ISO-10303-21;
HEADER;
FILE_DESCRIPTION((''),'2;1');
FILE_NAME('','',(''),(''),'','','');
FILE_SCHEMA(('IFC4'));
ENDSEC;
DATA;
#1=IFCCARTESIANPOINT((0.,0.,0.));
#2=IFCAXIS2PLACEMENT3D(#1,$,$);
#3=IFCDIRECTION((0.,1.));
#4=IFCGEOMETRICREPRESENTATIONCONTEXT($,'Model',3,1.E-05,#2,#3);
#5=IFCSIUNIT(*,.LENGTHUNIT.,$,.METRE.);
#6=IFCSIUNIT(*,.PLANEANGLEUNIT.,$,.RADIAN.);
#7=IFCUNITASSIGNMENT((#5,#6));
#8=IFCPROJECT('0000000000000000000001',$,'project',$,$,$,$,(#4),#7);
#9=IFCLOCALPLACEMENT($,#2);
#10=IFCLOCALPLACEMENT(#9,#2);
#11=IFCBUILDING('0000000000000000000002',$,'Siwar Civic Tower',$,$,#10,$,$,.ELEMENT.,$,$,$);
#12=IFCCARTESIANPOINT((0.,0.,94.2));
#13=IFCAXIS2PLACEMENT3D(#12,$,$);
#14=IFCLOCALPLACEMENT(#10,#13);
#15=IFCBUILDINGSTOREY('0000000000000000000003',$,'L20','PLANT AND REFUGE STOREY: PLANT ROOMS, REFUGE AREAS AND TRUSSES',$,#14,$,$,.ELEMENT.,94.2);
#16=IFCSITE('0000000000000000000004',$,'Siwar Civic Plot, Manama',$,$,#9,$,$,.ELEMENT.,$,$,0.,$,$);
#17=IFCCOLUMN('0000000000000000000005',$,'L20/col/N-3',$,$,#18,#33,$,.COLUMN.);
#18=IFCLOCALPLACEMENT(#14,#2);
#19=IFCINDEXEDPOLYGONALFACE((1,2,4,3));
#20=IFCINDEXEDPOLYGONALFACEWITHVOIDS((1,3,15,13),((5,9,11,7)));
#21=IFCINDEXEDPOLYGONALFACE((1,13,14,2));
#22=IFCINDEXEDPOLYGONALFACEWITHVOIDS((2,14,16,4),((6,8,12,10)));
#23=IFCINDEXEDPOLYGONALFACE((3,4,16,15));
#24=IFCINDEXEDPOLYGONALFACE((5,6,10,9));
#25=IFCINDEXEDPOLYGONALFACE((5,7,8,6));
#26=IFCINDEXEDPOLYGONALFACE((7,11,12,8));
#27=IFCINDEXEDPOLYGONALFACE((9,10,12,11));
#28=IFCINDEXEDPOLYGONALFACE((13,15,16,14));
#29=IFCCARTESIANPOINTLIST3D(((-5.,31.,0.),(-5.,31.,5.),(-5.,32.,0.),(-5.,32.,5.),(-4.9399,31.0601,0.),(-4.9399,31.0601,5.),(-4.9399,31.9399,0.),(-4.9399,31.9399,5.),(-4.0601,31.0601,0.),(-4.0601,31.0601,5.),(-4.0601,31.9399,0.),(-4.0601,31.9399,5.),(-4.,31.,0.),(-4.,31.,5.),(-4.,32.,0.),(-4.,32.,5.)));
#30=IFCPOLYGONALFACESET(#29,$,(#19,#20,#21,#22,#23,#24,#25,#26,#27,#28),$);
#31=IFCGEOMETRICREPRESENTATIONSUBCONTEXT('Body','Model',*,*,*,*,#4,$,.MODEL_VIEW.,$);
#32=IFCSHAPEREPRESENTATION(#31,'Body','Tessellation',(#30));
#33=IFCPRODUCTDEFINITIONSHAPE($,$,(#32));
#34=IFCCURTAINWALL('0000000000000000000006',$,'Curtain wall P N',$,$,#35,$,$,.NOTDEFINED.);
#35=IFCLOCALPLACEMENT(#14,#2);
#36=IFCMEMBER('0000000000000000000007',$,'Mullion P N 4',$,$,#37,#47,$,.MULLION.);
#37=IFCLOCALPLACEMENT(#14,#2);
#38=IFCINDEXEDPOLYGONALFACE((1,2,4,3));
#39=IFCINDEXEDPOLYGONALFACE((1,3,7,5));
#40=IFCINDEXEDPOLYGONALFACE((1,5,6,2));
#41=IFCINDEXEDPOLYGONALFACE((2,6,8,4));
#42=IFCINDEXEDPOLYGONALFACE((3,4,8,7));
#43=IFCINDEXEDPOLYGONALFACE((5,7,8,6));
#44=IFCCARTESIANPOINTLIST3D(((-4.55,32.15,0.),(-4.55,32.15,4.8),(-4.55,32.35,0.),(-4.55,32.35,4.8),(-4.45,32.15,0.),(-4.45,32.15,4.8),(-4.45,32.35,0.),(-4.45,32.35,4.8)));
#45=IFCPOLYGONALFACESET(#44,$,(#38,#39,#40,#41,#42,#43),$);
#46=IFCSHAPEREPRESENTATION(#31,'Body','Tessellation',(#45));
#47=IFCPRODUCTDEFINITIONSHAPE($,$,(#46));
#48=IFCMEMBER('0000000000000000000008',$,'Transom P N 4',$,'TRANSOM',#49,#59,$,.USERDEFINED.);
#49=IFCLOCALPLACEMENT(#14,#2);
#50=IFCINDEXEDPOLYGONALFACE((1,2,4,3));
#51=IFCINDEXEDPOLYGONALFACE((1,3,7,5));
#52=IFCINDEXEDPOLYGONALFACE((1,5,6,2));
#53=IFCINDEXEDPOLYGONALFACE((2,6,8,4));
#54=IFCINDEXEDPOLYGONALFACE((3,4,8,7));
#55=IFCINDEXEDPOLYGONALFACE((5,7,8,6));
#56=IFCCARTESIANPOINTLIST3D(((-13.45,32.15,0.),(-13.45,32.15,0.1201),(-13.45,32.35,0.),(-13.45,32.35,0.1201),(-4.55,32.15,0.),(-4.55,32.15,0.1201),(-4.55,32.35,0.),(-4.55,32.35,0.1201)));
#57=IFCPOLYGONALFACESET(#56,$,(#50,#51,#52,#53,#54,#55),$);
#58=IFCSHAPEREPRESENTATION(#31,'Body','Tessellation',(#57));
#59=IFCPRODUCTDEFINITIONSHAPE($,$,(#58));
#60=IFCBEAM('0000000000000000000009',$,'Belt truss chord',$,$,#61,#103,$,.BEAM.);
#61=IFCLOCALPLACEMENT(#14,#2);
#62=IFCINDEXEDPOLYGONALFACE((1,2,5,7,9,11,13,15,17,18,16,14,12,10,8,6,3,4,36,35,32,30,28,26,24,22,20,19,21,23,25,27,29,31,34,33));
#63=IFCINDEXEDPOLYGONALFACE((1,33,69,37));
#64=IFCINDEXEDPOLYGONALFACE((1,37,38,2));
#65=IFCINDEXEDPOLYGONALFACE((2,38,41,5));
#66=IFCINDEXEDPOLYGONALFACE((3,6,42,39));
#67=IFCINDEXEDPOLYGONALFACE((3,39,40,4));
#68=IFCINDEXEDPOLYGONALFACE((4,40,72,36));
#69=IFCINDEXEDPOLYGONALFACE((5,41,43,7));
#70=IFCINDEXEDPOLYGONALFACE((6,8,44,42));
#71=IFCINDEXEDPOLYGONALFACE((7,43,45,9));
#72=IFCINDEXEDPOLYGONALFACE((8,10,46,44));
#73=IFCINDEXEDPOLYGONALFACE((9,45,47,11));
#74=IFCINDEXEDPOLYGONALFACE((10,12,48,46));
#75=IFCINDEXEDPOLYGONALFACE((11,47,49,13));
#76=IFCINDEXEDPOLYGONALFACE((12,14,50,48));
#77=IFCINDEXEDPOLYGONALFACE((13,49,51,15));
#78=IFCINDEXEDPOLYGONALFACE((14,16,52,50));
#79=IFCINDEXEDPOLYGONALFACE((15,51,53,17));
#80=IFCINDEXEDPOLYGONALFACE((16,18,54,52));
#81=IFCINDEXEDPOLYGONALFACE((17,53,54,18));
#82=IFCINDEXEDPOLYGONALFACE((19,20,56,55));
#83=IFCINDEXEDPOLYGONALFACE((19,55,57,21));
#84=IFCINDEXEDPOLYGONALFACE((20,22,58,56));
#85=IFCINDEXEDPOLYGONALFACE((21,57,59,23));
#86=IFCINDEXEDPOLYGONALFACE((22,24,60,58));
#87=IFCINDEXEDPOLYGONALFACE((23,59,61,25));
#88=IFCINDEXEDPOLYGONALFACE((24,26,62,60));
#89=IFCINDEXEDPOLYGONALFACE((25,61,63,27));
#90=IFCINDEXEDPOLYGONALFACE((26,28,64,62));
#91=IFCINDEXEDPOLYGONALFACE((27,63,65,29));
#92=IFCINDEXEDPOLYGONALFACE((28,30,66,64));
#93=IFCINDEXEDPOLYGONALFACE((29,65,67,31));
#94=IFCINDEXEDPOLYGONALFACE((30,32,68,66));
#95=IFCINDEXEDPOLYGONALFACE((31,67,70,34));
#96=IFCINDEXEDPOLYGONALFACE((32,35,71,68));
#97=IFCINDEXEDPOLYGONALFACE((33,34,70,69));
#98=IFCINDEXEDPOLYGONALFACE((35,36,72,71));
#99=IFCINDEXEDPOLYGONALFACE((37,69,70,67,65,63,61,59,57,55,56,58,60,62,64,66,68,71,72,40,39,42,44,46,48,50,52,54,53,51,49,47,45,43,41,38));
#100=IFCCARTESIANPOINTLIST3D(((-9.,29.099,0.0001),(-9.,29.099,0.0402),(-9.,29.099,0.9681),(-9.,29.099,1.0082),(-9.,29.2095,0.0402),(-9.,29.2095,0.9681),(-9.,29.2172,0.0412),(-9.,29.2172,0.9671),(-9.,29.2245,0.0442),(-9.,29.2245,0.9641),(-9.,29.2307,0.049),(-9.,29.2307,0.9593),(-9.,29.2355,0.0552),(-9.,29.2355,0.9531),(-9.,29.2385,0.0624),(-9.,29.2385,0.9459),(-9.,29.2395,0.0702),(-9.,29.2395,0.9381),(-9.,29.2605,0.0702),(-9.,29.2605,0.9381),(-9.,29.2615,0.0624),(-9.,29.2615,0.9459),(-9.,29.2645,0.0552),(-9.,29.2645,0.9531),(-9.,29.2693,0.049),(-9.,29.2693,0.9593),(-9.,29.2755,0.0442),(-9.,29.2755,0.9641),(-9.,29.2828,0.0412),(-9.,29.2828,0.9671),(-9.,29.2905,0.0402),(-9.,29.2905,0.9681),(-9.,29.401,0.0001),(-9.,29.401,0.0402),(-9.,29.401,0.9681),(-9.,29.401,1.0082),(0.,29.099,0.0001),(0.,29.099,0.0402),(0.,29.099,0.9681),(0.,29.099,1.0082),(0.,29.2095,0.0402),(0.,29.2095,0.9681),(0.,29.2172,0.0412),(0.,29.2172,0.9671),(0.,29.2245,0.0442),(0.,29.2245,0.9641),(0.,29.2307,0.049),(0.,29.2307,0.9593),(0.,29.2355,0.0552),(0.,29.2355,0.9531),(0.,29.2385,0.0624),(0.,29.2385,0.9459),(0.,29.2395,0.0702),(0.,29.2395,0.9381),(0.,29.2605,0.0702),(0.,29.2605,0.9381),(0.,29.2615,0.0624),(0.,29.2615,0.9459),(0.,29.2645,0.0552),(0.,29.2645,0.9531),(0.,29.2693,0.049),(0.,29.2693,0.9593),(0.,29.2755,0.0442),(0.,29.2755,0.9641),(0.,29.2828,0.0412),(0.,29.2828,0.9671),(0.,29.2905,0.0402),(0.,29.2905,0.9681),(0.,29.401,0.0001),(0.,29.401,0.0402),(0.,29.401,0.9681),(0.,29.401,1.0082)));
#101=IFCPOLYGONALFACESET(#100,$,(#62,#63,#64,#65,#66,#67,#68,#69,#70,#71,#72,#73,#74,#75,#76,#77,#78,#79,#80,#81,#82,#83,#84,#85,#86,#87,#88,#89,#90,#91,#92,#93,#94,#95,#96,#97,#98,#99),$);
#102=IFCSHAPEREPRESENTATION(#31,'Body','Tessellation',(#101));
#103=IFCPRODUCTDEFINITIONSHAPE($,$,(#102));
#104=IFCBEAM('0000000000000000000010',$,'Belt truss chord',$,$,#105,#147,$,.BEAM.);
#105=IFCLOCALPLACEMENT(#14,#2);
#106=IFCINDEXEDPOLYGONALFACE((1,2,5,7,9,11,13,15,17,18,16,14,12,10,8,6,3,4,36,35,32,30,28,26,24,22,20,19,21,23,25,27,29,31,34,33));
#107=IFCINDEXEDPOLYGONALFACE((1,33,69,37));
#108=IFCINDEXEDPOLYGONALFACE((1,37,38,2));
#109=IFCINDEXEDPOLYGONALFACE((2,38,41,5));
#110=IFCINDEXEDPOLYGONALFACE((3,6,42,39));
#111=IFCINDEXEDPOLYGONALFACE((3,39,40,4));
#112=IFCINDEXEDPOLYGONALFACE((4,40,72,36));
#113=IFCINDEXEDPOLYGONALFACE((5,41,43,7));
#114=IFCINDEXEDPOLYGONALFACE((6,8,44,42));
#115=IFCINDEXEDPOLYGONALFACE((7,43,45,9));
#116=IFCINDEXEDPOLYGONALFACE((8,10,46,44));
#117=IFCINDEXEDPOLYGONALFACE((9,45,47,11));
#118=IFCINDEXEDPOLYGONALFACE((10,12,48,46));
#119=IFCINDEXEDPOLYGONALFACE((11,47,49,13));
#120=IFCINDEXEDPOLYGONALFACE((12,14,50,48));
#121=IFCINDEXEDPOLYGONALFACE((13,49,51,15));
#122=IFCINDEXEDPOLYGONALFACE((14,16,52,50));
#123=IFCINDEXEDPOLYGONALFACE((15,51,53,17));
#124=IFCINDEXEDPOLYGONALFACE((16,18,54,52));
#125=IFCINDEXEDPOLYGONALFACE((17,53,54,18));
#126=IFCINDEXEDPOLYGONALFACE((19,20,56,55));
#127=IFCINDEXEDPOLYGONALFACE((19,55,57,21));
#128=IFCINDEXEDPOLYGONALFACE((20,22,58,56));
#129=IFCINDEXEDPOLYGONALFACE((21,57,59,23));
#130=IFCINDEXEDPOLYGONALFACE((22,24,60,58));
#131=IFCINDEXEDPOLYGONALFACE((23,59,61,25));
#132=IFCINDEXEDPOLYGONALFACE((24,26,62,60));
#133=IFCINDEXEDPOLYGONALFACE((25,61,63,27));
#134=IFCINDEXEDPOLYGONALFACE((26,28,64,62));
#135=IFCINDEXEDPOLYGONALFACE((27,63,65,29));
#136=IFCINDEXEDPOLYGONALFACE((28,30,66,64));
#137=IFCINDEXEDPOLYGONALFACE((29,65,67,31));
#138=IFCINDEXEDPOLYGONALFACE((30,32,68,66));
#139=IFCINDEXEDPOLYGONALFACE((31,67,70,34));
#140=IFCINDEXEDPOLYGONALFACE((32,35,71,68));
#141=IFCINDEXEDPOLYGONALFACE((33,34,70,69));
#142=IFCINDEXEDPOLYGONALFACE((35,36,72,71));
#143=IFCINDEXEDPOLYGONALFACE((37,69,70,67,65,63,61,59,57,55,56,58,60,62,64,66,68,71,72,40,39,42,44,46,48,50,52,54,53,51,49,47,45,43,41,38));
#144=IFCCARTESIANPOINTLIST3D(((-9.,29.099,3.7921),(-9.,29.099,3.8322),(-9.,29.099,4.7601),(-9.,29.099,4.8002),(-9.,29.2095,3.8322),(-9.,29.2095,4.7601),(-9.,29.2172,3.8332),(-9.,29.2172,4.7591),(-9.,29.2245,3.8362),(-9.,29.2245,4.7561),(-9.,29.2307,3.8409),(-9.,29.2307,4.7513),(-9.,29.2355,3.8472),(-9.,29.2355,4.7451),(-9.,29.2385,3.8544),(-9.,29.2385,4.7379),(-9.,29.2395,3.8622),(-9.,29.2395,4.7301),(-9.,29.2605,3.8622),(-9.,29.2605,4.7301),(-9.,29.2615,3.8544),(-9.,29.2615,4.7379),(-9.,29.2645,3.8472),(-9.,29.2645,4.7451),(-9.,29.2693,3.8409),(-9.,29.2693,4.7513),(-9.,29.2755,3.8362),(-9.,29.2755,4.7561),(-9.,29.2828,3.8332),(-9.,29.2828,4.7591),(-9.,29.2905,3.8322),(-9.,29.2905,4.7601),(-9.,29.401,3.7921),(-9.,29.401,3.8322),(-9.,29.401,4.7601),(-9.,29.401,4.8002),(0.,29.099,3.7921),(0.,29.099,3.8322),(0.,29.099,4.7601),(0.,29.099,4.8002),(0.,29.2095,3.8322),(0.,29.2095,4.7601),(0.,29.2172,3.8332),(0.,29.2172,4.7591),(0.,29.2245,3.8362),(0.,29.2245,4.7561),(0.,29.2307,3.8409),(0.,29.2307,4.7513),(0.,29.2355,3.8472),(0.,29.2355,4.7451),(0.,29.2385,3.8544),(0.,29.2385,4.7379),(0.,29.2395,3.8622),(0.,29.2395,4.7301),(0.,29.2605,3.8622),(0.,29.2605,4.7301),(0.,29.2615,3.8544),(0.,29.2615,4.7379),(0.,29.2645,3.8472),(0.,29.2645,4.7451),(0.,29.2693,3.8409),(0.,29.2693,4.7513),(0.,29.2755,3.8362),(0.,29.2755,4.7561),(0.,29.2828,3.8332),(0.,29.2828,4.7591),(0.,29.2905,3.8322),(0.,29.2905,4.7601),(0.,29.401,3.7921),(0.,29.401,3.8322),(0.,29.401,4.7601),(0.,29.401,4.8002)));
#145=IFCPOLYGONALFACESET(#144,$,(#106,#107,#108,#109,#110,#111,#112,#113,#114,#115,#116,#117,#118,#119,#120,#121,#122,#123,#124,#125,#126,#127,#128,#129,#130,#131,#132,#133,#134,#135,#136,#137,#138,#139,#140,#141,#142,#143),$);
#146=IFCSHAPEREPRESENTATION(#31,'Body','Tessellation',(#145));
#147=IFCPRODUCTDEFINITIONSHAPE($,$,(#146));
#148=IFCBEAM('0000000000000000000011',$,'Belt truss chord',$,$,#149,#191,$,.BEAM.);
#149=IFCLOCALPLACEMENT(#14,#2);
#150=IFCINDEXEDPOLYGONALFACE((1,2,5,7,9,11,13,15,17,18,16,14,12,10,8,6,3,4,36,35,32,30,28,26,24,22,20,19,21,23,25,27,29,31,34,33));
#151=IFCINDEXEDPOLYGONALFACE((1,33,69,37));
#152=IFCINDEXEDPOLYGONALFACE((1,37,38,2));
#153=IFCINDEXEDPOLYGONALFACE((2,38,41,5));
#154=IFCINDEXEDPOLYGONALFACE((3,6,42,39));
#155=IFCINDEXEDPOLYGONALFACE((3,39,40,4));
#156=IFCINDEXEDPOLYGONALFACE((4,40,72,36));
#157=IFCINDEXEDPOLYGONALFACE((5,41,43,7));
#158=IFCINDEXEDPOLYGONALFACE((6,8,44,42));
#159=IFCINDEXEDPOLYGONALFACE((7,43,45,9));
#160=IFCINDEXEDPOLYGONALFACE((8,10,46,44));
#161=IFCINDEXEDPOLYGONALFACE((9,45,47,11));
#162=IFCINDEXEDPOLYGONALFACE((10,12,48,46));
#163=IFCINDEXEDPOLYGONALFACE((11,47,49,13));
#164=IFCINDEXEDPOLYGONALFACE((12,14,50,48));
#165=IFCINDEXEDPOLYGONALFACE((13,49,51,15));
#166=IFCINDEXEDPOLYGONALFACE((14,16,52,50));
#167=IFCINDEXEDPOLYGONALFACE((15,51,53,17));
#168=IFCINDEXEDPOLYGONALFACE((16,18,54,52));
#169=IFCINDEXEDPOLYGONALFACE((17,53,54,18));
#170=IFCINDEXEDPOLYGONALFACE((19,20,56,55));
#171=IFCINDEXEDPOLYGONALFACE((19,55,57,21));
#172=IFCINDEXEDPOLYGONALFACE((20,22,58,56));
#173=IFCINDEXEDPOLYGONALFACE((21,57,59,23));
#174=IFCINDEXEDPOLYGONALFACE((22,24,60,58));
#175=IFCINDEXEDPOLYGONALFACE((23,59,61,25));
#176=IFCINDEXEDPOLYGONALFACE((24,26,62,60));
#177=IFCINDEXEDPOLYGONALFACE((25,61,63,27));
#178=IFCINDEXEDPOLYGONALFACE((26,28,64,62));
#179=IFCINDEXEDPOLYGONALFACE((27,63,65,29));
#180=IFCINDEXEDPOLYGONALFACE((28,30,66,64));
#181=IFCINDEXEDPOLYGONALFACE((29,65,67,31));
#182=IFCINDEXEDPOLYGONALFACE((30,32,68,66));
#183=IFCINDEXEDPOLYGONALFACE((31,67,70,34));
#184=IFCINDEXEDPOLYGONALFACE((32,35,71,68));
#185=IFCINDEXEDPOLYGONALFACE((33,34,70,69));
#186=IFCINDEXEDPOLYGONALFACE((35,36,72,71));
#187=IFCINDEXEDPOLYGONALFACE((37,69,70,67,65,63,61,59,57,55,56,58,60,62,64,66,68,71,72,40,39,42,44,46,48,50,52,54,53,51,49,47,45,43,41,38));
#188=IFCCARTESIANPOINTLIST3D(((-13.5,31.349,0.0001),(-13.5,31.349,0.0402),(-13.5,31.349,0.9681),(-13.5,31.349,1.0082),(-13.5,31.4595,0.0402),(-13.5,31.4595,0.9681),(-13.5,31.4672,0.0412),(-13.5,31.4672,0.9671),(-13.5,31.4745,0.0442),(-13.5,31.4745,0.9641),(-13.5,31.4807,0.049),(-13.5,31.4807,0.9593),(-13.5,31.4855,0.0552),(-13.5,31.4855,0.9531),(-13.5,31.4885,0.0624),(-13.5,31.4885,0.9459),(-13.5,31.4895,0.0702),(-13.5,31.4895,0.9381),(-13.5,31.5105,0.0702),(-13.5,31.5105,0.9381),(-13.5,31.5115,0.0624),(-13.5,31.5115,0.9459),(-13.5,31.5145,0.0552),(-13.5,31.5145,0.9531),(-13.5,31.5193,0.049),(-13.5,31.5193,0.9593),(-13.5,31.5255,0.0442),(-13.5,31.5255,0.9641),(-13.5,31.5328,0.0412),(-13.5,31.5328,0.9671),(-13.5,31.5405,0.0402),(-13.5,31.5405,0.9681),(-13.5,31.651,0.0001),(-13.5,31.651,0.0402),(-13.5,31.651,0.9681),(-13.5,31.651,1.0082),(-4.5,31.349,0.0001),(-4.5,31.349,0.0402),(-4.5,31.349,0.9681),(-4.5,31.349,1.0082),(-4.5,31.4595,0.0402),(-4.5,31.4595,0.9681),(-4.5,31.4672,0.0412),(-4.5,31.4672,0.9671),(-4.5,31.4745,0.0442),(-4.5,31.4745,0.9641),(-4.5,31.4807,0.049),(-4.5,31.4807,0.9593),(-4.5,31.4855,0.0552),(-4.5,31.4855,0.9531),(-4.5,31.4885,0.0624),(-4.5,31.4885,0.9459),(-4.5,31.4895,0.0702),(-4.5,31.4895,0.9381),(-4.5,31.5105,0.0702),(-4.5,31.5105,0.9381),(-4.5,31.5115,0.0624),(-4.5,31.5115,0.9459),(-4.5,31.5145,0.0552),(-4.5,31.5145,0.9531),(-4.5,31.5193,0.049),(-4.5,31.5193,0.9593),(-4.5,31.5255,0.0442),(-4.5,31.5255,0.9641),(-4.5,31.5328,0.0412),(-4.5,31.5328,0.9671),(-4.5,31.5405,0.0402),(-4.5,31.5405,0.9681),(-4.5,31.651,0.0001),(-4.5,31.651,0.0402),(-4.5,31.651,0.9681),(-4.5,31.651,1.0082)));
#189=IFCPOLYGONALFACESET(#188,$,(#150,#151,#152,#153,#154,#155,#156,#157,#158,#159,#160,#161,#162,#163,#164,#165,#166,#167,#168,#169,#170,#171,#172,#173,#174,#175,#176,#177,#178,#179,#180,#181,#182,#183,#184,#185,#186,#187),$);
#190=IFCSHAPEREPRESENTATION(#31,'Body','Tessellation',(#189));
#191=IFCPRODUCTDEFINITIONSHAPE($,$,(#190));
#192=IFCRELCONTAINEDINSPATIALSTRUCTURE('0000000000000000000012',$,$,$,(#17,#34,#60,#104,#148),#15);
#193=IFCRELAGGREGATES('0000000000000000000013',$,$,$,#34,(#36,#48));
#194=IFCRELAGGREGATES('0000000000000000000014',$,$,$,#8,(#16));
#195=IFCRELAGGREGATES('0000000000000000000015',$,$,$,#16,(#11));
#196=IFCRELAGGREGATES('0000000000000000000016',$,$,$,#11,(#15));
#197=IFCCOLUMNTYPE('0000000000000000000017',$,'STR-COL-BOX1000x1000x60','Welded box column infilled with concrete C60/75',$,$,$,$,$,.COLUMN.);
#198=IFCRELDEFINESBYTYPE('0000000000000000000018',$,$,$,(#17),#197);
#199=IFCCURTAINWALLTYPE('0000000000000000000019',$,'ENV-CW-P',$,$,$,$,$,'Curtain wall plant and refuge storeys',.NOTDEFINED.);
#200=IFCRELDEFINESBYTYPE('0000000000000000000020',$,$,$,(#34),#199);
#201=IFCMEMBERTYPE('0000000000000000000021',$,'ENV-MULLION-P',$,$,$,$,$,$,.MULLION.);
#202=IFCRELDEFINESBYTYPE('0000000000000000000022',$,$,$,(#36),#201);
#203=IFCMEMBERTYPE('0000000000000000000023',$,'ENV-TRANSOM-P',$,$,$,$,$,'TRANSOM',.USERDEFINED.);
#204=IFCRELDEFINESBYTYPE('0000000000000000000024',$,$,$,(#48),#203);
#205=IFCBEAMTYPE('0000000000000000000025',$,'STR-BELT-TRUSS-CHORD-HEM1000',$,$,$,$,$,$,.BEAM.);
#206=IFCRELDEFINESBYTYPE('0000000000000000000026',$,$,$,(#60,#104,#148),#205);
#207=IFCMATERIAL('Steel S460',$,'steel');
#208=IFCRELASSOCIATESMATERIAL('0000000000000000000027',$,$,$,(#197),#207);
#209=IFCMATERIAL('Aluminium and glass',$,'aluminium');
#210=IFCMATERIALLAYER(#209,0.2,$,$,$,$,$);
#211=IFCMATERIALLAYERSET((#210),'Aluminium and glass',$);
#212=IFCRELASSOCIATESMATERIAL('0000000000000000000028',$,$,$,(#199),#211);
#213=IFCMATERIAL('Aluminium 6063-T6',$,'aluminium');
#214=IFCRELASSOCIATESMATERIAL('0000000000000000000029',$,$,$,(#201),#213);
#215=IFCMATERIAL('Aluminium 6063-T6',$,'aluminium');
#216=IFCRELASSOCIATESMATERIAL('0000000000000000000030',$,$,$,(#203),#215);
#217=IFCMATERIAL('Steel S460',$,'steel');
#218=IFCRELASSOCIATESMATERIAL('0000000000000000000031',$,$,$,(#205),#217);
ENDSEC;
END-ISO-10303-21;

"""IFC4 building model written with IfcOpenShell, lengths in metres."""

from ifc_helpers import new_model, si_unit, direction, frame, origin, origin_2d, place, context, subcontext, project, spatial, rectangle, hollow_rectangle, i_section, extrude, material, layer, layer_set, material_profile, profile_set, type_object, element, aggregate, save


model = new_model("IFC4")

# Units and contexts
model_context = context("Model", 3, precision=1e-05, world=origin(), true_north=direction((0.0, 1.0)))
body_context = subcontext(model_context, "Body", "Model", "MODEL_VIEW")
ifc_project = project(units=[si_unit("LENGTHUNIT", "METRE"), si_unit("PLANEANGLEUNIT", "RADIAN")], contexts=[model_context])

# Site, building, storey
site_placement = place(None, origin())
site = spatial("IfcSite", under=ifc_project, at=site_placement, Name="Siwar Civic Plot, Manama", CompositionType="ELEMENT", RefElevation=0.0)
building_placement = place(site_placement, origin())
building = spatial("IfcBuilding", under=site, at=building_placement, Name="Siwar Civic Tower", CompositionType="ELEMENT")
storey_placement = place(building_placement, frame((0.0, 0.0, 94.2)))
storey = spatial("IfcBuildingStorey", under=building, at=storey_placement, Name="L20", Description="PLANT AND REFUGE STOREY: PLANT ROOMS, REFUGE AREAS AND TRUSSES", CompositionType="ELEMENT", Elevation=94.2)

# Column
ifc_material_1 = material(Name="Steel S460", Category="steel")
ifc_material_profile_1 = material_profile(ifc_material_1, hollow_rectangle(XDim=1.0, YDim=1.0, WallThickness=0.0601, at=origin_2d()), Name="BOX1000x1000x60")
ifc_profile_set_1 = profile_set([ifc_material_profile_1], Name="Steel S460")
column_type = type_object("IfcColumnType", Name="STR-COL-BOX1000x1000x60", Description="Welded box column infilled with concrete C60/75", PredefinedType="COLUMN", material=ifc_profile_set_1)
column_placement = place(storey_placement, frame((-4.5, 31.5, 0.0), z_axis=(0.0, 0.0, 1.0), x_axis=(1.0, 0.0, 0.0)))
element("IfcColumn", 1, at=column_placement, inside=storey, type_object=column_type, Name="L20/col/N-3", PredefinedType="COLUMN", context=body_context, shape_type="SweptSolid", body=[
    extrude(hollow_rectangle(XDim=1.0, YDim=1.0, WallThickness=0.0601, at=origin_2d()), origin(), (0.0, 0.0, 1.0), 5.0),
])

# Curtain wall, members
ifc_material_2 = material(Name="Aluminium and glass", Category="aluminium")
ifc_layer_1 = layer(ifc_material_2, 0.2)
ifc_layer_set_1 = layer_set([ifc_layer_1], Name="Aluminium and glass")
curtain_wall_type = type_object("IfcCurtainWallType", Name="ENV-CW-P", ElementType="Curtain wall plant and refuge storeys", PredefinedType="NOTDEFINED", material=ifc_layer_set_1)
curtain_wall_placement = place(storey_placement, origin())
curtain_wall = element("IfcCurtainWall", 2, at=curtain_wall_placement, inside=storey, type_object=curtain_wall_type, Name="Curtain wall P N", PredefinedType="NOTDEFINED")
ifc_material_3 = material(Name="Aluminium 6063-T6", Category="aluminium")
ifc_material_profile_2 = material_profile(ifc_material_3, rectangle(XDim=0.2, YDim=0.1001, at=origin_2d()), Name="AL 200x100")
ifc_profile_set_2 = profile_set([ifc_material_profile_2], Name="Aluminium 6063-T6")
member_type_1 = type_object("IfcMemberType", Name="ENV-MULLION-P", PredefinedType="MULLION", material=ifc_profile_set_2)
member_1_placement = place(storey_placement, frame((-4.5, 32.25, 0.0), z_axis=(0.0, 0.0, 1.0), x_axis=(0.0, -1.0, 0.0)))
member_1 = element("IfcMember", 3, at=member_1_placement, type_object=member_type_1, Name="Mullion P N 4", PredefinedType="MULLION", context=body_context, shape_type="SweptSolid", body=[
    extrude(rectangle(XDim=0.2, YDim=0.1001, at=origin_2d()), origin(), (0.0, 0.0, 1.0), 4.8),
])
ifc_material_4 = material(Name="Aluminium 6063-T6", Category="aluminium")
ifc_material_profile_3 = material_profile(ifc_material_4, rectangle(XDim=0.2, YDim=0.1201, at=origin_2d()), Name="AL 200x120")
ifc_profile_set_3 = profile_set([ifc_material_profile_3], Name="Aluminium 6063-T6")
member_type_2 = type_object("IfcMemberType", Name="ENV-TRANSOM-P", ElementType="TRANSOM", PredefinedType="USERDEFINED", material=ifc_profile_set_3)
member_2_placement = place(storey_placement, frame((-4.55, 32.25, 0.0601), z_axis=(-1.0, 0.0, 0.0), x_axis=(0.0, -1.0, 0.0)))
member_2 = element("IfcMember", 4, at=member_2_placement, type_object=member_type_2, Name="Transom P N 4", ObjectType="TRANSOM", PredefinedType="USERDEFINED", context=body_context, shape_type="SweptSolid", body=[
    extrude(rectangle(XDim=0.2, YDim=0.1201, at=origin_2d()), origin(), (0.0, 0.0, 1.0), 8.8999),
])

# Beams
ifc_material_5 = material(Name="Steel S460", Category="steel")
ifc_material_profile_4 = material_profile(ifc_material_5, i_section(OverallWidth=0.302, OverallDepth=1.0081, WebThickness=0.021, FlangeThickness=0.04, FilletRadius=0.03, at=origin_2d()), Name="HEM1000")
ifc_profile_set_4 = profile_set([ifc_material_profile_4], Name="Steel S460")
beam_type_1 = type_object("IfcBeamType", Name="STR-BELT-TRUSS-CHORD-HEM1000", PredefinedType="BEAM", material=ifc_profile_set_4)
for number, where, z_axis, x_axis, name in (
    (5, (0.0, 29.25, 0.5042), (-1.0, 0.0, 0.0), (0.0, -1.0, 0.0), "Belt truss chord"),
    (6, (0.0, 29.25, 4.2961), (-1.0, 0.0, 0.0), (0.0, -1.0, 0.0), "Belt truss chord"),
    (7, (-4.5, 31.5, 0.5042), (-1.0, 0.0, 0.0), (0.0, -1.0, 0.0), "Belt truss chord"),
):
    element("IfcBeam", number, at=place(storey_placement, frame(where, z_axis=z_axis, x_axis=x_axis)), inside=storey, type_object=beam_type_1, Name=name, PredefinedType="BEAM", context=body_context, shape_type="SweptSolid", body=[
        extrude(i_section(OverallWidth=0.302, OverallDepth=1.0081, WebThickness=0.021, FlangeThickness=0.04, FilletRadius=0.03, at=origin_2d()), origin(), (0.0, 0.0, 1.0), 9.0),
    ])

aggregate(curtain_wall, [member_1, member_2])

save(model, "model.ifc")
